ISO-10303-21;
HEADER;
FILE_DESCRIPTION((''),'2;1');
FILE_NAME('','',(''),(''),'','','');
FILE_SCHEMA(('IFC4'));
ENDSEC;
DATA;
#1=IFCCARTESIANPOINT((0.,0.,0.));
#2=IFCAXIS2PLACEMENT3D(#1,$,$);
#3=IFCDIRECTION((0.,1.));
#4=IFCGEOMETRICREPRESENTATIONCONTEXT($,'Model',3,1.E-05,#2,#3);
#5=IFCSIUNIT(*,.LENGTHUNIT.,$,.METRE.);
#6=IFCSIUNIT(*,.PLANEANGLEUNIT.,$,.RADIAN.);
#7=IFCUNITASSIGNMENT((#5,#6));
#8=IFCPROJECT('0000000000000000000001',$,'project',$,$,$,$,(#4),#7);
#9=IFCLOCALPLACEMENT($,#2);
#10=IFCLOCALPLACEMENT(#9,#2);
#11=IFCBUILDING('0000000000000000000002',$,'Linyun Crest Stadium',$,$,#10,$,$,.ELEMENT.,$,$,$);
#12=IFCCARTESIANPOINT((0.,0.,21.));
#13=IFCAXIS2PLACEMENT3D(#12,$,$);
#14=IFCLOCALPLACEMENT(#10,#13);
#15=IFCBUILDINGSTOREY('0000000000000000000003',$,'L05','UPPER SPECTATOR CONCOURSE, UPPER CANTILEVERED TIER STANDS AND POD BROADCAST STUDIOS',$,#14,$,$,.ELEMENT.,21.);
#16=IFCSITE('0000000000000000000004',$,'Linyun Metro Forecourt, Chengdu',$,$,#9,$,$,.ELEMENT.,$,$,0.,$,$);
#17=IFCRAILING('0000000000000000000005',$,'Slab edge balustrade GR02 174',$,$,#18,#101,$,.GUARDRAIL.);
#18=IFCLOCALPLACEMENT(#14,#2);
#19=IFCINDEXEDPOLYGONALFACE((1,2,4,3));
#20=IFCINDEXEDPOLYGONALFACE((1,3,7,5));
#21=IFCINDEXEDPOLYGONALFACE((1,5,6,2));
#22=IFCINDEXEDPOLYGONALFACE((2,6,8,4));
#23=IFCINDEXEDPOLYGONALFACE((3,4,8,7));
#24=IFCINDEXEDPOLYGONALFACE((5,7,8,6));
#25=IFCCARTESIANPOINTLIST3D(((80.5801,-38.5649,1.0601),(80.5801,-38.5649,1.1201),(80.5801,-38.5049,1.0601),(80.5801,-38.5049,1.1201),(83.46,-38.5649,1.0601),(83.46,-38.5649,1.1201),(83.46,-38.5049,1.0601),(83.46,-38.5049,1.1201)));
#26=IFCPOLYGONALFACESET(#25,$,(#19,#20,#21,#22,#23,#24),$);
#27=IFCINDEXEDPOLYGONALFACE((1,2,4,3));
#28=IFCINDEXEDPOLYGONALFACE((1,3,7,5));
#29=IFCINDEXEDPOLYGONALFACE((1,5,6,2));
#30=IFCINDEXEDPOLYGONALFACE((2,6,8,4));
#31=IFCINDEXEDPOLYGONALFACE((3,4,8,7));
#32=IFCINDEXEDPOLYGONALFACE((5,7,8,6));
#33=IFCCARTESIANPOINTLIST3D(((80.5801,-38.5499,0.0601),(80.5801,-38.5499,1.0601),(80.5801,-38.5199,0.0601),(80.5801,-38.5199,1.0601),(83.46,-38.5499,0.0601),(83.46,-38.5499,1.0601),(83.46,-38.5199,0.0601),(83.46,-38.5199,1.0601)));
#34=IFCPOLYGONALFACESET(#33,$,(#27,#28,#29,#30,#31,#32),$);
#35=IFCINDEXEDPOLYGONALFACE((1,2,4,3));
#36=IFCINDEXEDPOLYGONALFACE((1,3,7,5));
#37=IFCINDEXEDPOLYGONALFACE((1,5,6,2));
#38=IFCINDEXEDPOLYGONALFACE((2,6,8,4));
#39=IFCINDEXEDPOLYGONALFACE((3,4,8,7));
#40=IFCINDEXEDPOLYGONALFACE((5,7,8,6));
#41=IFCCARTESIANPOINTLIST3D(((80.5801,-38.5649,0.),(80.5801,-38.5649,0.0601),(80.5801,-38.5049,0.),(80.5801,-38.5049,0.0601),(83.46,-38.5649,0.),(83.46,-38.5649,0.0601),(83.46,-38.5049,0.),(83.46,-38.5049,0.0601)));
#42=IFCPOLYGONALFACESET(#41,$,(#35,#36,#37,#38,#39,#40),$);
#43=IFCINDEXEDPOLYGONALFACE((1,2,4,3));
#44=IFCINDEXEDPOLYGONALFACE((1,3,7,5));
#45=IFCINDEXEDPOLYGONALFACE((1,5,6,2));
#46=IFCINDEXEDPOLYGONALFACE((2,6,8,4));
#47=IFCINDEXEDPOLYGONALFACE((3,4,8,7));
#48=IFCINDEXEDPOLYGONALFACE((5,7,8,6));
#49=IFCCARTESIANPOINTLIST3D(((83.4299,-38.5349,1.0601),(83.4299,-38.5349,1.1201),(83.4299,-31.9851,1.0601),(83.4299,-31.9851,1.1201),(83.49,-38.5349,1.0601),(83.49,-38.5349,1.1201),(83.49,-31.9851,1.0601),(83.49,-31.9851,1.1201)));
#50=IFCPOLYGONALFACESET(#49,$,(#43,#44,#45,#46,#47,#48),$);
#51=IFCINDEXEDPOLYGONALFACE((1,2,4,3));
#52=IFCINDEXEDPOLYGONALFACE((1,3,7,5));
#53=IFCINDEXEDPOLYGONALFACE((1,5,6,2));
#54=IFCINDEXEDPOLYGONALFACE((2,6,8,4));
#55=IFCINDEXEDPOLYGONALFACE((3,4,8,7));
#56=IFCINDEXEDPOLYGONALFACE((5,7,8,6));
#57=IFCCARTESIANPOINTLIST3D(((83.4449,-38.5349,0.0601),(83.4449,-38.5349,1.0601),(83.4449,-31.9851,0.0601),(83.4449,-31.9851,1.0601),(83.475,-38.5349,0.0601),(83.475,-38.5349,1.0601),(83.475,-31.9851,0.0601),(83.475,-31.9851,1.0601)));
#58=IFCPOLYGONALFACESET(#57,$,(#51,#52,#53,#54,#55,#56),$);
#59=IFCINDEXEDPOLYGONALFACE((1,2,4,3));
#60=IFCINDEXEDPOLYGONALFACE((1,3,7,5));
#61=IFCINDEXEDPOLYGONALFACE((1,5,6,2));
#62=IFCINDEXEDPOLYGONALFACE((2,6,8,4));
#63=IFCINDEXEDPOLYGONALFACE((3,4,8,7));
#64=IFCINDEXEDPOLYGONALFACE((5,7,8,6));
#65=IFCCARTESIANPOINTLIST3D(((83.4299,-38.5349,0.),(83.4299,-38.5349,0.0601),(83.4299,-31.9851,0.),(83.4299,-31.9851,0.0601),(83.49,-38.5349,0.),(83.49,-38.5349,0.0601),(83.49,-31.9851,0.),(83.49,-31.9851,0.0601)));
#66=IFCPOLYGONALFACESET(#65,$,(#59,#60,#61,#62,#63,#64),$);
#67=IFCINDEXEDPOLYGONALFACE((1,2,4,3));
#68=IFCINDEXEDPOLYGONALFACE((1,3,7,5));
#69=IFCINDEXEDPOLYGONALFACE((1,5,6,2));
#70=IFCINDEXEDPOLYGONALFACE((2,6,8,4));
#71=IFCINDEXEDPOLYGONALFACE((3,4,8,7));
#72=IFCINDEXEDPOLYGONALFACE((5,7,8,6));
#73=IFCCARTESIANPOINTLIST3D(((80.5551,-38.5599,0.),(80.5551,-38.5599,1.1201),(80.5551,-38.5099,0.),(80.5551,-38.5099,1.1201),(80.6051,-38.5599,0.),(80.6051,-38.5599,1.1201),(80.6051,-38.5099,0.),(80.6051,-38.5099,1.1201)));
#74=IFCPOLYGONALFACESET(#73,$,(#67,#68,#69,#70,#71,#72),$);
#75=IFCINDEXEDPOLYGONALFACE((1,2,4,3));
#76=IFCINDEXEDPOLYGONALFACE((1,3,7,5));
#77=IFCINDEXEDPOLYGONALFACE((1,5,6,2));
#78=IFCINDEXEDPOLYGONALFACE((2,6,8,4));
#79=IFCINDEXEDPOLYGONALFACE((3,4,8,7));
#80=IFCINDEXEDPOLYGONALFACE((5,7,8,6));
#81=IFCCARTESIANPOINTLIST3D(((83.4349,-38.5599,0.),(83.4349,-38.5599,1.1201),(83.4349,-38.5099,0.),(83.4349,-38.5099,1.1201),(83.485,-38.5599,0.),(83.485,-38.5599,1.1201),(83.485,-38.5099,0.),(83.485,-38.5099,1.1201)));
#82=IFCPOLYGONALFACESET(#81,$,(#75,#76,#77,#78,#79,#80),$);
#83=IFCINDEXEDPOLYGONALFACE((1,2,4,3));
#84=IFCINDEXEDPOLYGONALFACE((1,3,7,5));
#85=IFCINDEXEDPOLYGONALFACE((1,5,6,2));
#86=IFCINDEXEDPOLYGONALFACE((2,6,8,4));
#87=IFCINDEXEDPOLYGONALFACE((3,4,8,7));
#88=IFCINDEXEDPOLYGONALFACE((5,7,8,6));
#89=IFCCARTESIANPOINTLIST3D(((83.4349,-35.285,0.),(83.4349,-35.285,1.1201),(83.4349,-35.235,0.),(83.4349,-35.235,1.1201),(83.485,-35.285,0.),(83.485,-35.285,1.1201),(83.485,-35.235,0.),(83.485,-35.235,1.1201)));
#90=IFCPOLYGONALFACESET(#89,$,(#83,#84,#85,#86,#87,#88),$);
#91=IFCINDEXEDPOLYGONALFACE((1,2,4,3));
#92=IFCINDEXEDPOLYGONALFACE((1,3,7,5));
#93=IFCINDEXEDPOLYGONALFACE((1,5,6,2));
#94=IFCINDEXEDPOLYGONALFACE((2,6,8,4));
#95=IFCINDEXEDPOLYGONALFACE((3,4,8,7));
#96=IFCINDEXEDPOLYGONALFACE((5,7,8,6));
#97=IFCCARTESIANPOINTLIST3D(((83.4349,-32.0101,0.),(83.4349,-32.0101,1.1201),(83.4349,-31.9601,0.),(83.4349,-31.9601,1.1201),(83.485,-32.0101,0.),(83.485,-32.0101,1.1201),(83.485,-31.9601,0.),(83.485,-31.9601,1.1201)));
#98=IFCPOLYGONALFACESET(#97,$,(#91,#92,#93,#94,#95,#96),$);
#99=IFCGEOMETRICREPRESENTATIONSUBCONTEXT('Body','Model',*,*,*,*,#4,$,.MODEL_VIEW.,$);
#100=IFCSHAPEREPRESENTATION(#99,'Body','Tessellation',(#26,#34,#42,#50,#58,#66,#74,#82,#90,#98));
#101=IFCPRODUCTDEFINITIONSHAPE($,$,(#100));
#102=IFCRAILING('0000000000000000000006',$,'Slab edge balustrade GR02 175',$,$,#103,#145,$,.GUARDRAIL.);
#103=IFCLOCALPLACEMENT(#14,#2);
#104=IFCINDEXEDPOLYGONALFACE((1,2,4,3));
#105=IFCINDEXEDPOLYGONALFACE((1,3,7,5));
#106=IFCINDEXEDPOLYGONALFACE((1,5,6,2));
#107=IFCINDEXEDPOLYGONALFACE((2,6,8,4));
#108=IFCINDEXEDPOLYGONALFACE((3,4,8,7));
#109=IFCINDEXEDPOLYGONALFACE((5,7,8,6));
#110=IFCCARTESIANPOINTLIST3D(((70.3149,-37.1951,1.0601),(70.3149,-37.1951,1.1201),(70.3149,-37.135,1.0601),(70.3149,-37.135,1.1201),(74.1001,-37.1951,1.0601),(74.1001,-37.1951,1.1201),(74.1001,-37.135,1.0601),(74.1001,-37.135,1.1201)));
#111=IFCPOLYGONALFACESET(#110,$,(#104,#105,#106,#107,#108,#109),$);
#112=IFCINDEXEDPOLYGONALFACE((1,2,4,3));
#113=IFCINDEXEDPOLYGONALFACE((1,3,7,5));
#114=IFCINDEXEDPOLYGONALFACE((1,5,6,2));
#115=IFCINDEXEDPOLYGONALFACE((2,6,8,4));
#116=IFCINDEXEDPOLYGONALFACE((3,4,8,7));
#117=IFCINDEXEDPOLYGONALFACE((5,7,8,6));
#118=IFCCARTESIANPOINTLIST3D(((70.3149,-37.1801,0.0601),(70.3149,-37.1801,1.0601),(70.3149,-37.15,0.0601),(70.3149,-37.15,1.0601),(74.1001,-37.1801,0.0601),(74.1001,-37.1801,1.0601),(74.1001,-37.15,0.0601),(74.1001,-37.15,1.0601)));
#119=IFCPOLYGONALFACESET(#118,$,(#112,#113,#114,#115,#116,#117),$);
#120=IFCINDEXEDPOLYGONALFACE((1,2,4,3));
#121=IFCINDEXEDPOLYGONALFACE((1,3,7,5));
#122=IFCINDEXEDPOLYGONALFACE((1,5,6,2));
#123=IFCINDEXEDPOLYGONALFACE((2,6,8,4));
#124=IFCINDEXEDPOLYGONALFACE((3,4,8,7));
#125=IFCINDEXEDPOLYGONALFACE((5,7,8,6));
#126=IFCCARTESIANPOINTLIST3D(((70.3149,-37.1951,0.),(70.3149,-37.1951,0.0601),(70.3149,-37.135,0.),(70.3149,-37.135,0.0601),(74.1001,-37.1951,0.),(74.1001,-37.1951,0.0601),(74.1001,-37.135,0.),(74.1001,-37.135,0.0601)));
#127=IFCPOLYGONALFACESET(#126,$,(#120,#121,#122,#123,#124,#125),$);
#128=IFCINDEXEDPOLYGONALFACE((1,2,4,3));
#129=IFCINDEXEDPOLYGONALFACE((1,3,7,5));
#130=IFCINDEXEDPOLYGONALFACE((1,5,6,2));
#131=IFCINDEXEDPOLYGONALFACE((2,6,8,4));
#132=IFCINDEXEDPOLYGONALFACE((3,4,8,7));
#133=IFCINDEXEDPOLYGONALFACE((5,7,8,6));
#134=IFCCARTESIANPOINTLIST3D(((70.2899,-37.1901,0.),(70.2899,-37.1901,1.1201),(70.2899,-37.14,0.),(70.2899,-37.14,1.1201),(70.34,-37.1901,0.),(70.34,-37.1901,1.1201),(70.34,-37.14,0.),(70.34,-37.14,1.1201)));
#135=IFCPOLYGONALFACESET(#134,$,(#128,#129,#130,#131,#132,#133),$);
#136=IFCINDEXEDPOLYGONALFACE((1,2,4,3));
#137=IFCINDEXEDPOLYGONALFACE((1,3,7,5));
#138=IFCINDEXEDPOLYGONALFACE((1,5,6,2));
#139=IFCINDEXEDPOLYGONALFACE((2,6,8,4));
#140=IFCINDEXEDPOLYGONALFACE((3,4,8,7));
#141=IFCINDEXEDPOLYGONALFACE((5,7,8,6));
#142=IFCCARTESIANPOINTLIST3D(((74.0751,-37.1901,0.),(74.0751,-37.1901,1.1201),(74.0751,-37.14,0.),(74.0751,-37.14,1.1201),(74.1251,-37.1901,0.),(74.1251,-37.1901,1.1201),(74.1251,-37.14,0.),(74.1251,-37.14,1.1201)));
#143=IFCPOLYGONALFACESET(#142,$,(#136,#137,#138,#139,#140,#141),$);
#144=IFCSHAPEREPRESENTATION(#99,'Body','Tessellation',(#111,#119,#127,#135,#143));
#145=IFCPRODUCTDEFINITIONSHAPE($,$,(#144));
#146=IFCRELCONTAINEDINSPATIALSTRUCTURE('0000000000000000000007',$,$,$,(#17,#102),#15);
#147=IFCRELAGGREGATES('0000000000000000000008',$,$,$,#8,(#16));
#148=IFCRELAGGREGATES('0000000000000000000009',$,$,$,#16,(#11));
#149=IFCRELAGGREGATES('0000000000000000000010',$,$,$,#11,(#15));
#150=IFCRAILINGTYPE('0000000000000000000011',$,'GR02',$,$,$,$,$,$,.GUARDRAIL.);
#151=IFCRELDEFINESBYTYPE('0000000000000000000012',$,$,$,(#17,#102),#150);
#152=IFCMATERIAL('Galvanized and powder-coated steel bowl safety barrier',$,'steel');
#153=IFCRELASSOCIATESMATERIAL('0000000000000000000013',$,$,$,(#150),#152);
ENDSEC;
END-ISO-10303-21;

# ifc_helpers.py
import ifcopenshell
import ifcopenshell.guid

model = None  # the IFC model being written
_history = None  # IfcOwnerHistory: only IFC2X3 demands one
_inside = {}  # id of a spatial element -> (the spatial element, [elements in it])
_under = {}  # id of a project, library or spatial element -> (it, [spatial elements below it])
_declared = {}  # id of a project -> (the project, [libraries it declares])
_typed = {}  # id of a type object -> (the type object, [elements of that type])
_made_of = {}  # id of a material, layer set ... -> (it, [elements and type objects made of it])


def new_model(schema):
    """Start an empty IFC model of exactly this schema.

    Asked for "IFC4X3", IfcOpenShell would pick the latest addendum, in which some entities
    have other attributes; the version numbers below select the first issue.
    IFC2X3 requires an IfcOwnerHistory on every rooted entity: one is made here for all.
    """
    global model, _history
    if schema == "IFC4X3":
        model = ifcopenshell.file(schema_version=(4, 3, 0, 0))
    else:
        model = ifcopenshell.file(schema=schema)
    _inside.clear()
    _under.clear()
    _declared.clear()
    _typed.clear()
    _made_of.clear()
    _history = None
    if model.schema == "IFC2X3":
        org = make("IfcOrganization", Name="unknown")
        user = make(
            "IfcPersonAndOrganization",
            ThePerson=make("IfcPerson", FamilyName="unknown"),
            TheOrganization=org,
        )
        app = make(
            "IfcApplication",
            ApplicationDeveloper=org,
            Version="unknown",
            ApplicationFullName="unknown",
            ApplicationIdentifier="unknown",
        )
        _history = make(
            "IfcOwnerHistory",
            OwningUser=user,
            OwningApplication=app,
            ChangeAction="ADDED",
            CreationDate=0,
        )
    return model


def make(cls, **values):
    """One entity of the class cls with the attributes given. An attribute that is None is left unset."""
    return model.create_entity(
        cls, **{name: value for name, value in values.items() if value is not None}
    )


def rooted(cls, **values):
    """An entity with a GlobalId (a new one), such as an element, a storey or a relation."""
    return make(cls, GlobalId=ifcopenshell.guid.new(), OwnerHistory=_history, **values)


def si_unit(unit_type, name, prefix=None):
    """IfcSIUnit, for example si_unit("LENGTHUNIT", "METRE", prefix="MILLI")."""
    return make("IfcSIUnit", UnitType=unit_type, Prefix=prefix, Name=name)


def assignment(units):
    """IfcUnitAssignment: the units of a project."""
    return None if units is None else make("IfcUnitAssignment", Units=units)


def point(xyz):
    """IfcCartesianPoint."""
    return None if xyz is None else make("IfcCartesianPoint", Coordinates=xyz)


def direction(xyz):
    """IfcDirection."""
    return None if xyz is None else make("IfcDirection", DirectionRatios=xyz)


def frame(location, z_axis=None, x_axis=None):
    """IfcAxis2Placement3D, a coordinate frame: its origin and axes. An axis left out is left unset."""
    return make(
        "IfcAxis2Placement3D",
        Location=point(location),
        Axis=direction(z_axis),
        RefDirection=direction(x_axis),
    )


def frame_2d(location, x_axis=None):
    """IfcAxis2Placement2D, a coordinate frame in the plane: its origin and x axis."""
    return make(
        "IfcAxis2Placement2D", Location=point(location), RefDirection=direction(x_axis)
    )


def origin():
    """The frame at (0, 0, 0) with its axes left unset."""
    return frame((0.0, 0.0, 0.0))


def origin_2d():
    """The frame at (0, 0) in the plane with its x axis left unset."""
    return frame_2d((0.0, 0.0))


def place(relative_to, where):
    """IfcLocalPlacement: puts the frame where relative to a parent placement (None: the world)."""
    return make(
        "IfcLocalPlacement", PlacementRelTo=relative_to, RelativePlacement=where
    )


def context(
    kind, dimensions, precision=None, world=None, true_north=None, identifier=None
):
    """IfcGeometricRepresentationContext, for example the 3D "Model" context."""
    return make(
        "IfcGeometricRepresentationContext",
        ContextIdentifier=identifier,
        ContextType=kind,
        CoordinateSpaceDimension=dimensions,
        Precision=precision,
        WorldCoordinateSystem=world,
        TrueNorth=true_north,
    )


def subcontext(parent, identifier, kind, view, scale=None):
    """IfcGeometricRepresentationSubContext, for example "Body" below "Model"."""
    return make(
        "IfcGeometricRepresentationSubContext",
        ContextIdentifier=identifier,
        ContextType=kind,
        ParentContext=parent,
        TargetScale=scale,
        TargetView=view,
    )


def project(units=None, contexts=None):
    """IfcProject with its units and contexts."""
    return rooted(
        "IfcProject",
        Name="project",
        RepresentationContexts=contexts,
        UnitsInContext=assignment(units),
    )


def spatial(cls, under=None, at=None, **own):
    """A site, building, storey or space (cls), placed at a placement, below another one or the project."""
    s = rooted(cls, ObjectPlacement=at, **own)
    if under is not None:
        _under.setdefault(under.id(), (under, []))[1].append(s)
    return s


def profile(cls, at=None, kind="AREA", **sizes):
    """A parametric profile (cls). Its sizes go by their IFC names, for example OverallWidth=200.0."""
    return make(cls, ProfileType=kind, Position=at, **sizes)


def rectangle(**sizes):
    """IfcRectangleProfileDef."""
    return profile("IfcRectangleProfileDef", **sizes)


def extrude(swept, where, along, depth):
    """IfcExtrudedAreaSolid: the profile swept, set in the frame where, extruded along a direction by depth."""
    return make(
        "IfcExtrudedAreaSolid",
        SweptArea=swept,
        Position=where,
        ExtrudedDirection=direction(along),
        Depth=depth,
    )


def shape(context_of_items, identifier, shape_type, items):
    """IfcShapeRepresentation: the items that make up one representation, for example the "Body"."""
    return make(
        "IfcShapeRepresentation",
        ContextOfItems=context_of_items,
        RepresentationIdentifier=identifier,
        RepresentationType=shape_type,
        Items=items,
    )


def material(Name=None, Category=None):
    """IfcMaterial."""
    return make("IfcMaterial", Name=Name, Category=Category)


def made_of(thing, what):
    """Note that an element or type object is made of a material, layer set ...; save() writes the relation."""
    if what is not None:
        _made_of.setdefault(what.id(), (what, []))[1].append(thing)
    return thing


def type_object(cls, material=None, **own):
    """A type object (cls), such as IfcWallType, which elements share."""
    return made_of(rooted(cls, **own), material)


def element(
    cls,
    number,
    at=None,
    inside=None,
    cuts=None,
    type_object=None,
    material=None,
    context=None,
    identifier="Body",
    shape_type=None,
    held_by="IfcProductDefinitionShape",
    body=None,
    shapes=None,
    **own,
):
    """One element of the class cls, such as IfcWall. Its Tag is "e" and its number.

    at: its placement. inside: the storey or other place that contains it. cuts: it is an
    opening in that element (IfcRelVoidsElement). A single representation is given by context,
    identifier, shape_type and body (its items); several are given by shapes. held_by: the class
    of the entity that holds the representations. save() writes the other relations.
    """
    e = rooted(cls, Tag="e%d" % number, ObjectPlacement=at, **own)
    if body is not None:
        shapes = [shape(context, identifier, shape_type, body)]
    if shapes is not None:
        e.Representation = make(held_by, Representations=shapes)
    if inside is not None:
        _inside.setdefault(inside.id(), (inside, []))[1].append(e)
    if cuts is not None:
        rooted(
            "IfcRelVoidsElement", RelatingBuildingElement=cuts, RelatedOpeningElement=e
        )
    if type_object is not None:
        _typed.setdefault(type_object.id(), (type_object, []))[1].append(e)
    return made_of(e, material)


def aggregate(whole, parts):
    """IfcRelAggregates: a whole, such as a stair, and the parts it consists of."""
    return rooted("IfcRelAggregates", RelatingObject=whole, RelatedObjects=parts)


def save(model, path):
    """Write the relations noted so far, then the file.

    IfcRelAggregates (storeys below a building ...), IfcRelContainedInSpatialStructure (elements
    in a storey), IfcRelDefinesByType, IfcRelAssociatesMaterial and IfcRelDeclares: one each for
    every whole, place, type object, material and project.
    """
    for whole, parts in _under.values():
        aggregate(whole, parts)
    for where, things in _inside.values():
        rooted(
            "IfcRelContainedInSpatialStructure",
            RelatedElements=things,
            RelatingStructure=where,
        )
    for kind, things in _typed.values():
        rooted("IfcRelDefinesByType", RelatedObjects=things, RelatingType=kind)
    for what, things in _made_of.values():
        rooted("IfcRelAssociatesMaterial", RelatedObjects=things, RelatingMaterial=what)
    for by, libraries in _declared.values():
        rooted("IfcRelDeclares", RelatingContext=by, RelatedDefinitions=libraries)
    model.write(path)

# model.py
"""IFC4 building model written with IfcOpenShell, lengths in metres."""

from ifc_helpers import new_model, si_unit, direction, frame, origin, origin_2d, place, context, subcontext, project, spatial, rectangle, extrude, material, type_object, element, save


model = new_model("IFC4")

# Units and contexts
model_context = context("Model", 3, precision=1e-05, world=origin(), true_north=direction((0.0, 1.0)))
body_context = subcontext(model_context, "Body", "Model", "MODEL_VIEW")
ifc_project = project(units=[si_unit("LENGTHUNIT", "METRE"), si_unit("PLANEANGLEUNIT", "RADIAN")], contexts=[model_context])

# Site, building, storey
site_placement = place(None, origin())
site = spatial("IfcSite", under=ifc_project, at=site_placement, Name="Linyun Metro Forecourt, Chengdu", CompositionType="ELEMENT", RefElevation=0.0)
building_placement = place(site_placement, origin())
building = spatial("IfcBuilding", under=site, at=building_placement, Name="Linyun Crest Stadium", CompositionType="ELEMENT")
storey_placement = place(building_placement, frame((0.0, 0.0, 21.0)))
storey = spatial("IfcBuildingStorey", under=building, at=storey_placement, Name="L05", Description="UPPER SPECTATOR CONCOURSE, UPPER CANTILEVERED TIER STANDS AND POD BROADCAST STUDIOS", CompositionType="ELEMENT", Elevation=21.0)

# Railings
ifc_material_1 = material(Name="Galvanized and powder-coated steel bowl safety barrier", Category="steel")
railing_type_1 = type_object("IfcRailingType", Name="GR02", PredefinedType="GUARDRAIL", material=ifc_material_1)
railing_1_placement = place(storey_placement, frame((80.5801, -38.5349, 0.0)))
element("IfcRailing", 1, at=railing_1_placement, inside=storey, type_object=railing_type_1, Name="Slab edge balustrade GR02 174", PredefinedType="GUARDRAIL", context=body_context, shape_type="SweptSolid", body=[
    extrude(rectangle(XDim=0.0601, YDim=0.0601, at=origin_2d()), frame((0.0, 0.0, 1.0901), z_axis=(1.0, 0.0, 0.0), x_axis=(0.0, 1.0, 0.0)), (0.0, 0.0, 1.0), 2.8799),
    extrude(rectangle(XDim=0.03, YDim=1.0, at=origin_2d()), frame((0.0, 0.0, 0.5601), z_axis=(1.0, 0.0, 0.0), x_axis=(0.0, 1.0, 0.0)), (0.0, 0.0, 1.0), 2.8799),
    extrude(rectangle(XDim=0.0601, YDim=0.0601, at=origin_2d()), frame((0.0, 0.0, 0.03), z_axis=(1.0, 0.0, 0.0), x_axis=(0.0, 1.0, 0.0)), (0.0, 0.0, 1.0), 2.8799),
    extrude(rectangle(XDim=0.0601, YDim=0.0601, at=origin_2d()), frame((2.8799, 0.0, 1.0901), z_axis=(0.0, 1.0, 0.0), x_axis=(-1.0, 0.0, 0.0)), (0.0, 0.0, 1.0), 6.5498),
    extrude(rectangle(XDim=0.03, YDim=1.0, at=origin_2d()), frame((2.8799, 0.0, 0.5601), z_axis=(0.0, 1.0, 0.0), x_axis=(-1.0, 0.0, 0.0)), (0.0, 0.0, 1.0), 6.5498),
    extrude(rectangle(XDim=0.0601, YDim=0.0601, at=origin_2d()), frame((2.8799, 0.0, 0.03), z_axis=(0.0, 1.0, 0.0), x_axis=(-1.0, 0.0, 0.0)), (0.0, 0.0, 1.0), 6.5498),
    extrude(rectangle(XDim=0.05, YDim=0.05, at=origin_2d()), origin(), (0.0, 0.0, 1.0), 1.1201),
    extrude(rectangle(XDim=0.05, YDim=0.05, at=origin_2d()), frame((2.8799, 0.0, 0.0)), (0.0, 0.0, 1.0), 1.1201),
    extrude(rectangle(XDim=0.05, YDim=0.05, at=origin_2d()), frame((2.8799, 3.2749, 0.0)), (0.0, 0.0, 1.0), 1.1201),
    extrude(rectangle(XDim=0.05, YDim=0.05, at=origin_2d()), frame((2.8799, 6.5498, 0.0)), (0.0, 0.0, 1.0), 1.1201),
])
railing_2_placement = place(storey_placement, frame((70.3149, -37.165, 0.0)))
element("IfcRailing", 2, at=railing_2_placement, inside=storey, type_object=railing_type_1, Name="Slab edge balustrade GR02 175", PredefinedType="GUARDRAIL", context=body_context, shape_type="SweptSolid", body=[
    extrude(rectangle(XDim=0.0601, YDim=0.0601, at=origin_2d()), frame((0.0, 0.0, 1.0901), z_axis=(1.0, 0.0, 0.0), x_axis=(0.0, 1.0, 0.0)), (0.0, 0.0, 1.0), 3.7852),
    extrude(rectangle(XDim=0.03, YDim=1.0, at=origin_2d()), frame((0.0, 0.0, 0.5601), z_axis=(1.0, 0.0, 0.0), x_axis=(0.0, 1.0, 0.0)), (0.0, 0.0, 1.0), 3.7852),
    extrude(rectangle(XDim=0.0601, YDim=0.0601, at=origin_2d()), frame((0.0, 0.0, 0.03), z_axis=(1.0, 0.0, 0.0), x_axis=(0.0, 1.0, 0.0)), (0.0, 0.0, 1.0), 3.7852),
    extrude(rectangle(XDim=0.05, YDim=0.05, at=origin_2d()), origin(), (0.0, 0.0, 1.0), 1.1201),
    extrude(rectangle(XDim=0.05, YDim=0.05, at=origin_2d()), frame((3.7852, 0.0, 0.0)), (0.0, 0.0, 1.0), 1.1201),
])

save(model, "model.ifc")
